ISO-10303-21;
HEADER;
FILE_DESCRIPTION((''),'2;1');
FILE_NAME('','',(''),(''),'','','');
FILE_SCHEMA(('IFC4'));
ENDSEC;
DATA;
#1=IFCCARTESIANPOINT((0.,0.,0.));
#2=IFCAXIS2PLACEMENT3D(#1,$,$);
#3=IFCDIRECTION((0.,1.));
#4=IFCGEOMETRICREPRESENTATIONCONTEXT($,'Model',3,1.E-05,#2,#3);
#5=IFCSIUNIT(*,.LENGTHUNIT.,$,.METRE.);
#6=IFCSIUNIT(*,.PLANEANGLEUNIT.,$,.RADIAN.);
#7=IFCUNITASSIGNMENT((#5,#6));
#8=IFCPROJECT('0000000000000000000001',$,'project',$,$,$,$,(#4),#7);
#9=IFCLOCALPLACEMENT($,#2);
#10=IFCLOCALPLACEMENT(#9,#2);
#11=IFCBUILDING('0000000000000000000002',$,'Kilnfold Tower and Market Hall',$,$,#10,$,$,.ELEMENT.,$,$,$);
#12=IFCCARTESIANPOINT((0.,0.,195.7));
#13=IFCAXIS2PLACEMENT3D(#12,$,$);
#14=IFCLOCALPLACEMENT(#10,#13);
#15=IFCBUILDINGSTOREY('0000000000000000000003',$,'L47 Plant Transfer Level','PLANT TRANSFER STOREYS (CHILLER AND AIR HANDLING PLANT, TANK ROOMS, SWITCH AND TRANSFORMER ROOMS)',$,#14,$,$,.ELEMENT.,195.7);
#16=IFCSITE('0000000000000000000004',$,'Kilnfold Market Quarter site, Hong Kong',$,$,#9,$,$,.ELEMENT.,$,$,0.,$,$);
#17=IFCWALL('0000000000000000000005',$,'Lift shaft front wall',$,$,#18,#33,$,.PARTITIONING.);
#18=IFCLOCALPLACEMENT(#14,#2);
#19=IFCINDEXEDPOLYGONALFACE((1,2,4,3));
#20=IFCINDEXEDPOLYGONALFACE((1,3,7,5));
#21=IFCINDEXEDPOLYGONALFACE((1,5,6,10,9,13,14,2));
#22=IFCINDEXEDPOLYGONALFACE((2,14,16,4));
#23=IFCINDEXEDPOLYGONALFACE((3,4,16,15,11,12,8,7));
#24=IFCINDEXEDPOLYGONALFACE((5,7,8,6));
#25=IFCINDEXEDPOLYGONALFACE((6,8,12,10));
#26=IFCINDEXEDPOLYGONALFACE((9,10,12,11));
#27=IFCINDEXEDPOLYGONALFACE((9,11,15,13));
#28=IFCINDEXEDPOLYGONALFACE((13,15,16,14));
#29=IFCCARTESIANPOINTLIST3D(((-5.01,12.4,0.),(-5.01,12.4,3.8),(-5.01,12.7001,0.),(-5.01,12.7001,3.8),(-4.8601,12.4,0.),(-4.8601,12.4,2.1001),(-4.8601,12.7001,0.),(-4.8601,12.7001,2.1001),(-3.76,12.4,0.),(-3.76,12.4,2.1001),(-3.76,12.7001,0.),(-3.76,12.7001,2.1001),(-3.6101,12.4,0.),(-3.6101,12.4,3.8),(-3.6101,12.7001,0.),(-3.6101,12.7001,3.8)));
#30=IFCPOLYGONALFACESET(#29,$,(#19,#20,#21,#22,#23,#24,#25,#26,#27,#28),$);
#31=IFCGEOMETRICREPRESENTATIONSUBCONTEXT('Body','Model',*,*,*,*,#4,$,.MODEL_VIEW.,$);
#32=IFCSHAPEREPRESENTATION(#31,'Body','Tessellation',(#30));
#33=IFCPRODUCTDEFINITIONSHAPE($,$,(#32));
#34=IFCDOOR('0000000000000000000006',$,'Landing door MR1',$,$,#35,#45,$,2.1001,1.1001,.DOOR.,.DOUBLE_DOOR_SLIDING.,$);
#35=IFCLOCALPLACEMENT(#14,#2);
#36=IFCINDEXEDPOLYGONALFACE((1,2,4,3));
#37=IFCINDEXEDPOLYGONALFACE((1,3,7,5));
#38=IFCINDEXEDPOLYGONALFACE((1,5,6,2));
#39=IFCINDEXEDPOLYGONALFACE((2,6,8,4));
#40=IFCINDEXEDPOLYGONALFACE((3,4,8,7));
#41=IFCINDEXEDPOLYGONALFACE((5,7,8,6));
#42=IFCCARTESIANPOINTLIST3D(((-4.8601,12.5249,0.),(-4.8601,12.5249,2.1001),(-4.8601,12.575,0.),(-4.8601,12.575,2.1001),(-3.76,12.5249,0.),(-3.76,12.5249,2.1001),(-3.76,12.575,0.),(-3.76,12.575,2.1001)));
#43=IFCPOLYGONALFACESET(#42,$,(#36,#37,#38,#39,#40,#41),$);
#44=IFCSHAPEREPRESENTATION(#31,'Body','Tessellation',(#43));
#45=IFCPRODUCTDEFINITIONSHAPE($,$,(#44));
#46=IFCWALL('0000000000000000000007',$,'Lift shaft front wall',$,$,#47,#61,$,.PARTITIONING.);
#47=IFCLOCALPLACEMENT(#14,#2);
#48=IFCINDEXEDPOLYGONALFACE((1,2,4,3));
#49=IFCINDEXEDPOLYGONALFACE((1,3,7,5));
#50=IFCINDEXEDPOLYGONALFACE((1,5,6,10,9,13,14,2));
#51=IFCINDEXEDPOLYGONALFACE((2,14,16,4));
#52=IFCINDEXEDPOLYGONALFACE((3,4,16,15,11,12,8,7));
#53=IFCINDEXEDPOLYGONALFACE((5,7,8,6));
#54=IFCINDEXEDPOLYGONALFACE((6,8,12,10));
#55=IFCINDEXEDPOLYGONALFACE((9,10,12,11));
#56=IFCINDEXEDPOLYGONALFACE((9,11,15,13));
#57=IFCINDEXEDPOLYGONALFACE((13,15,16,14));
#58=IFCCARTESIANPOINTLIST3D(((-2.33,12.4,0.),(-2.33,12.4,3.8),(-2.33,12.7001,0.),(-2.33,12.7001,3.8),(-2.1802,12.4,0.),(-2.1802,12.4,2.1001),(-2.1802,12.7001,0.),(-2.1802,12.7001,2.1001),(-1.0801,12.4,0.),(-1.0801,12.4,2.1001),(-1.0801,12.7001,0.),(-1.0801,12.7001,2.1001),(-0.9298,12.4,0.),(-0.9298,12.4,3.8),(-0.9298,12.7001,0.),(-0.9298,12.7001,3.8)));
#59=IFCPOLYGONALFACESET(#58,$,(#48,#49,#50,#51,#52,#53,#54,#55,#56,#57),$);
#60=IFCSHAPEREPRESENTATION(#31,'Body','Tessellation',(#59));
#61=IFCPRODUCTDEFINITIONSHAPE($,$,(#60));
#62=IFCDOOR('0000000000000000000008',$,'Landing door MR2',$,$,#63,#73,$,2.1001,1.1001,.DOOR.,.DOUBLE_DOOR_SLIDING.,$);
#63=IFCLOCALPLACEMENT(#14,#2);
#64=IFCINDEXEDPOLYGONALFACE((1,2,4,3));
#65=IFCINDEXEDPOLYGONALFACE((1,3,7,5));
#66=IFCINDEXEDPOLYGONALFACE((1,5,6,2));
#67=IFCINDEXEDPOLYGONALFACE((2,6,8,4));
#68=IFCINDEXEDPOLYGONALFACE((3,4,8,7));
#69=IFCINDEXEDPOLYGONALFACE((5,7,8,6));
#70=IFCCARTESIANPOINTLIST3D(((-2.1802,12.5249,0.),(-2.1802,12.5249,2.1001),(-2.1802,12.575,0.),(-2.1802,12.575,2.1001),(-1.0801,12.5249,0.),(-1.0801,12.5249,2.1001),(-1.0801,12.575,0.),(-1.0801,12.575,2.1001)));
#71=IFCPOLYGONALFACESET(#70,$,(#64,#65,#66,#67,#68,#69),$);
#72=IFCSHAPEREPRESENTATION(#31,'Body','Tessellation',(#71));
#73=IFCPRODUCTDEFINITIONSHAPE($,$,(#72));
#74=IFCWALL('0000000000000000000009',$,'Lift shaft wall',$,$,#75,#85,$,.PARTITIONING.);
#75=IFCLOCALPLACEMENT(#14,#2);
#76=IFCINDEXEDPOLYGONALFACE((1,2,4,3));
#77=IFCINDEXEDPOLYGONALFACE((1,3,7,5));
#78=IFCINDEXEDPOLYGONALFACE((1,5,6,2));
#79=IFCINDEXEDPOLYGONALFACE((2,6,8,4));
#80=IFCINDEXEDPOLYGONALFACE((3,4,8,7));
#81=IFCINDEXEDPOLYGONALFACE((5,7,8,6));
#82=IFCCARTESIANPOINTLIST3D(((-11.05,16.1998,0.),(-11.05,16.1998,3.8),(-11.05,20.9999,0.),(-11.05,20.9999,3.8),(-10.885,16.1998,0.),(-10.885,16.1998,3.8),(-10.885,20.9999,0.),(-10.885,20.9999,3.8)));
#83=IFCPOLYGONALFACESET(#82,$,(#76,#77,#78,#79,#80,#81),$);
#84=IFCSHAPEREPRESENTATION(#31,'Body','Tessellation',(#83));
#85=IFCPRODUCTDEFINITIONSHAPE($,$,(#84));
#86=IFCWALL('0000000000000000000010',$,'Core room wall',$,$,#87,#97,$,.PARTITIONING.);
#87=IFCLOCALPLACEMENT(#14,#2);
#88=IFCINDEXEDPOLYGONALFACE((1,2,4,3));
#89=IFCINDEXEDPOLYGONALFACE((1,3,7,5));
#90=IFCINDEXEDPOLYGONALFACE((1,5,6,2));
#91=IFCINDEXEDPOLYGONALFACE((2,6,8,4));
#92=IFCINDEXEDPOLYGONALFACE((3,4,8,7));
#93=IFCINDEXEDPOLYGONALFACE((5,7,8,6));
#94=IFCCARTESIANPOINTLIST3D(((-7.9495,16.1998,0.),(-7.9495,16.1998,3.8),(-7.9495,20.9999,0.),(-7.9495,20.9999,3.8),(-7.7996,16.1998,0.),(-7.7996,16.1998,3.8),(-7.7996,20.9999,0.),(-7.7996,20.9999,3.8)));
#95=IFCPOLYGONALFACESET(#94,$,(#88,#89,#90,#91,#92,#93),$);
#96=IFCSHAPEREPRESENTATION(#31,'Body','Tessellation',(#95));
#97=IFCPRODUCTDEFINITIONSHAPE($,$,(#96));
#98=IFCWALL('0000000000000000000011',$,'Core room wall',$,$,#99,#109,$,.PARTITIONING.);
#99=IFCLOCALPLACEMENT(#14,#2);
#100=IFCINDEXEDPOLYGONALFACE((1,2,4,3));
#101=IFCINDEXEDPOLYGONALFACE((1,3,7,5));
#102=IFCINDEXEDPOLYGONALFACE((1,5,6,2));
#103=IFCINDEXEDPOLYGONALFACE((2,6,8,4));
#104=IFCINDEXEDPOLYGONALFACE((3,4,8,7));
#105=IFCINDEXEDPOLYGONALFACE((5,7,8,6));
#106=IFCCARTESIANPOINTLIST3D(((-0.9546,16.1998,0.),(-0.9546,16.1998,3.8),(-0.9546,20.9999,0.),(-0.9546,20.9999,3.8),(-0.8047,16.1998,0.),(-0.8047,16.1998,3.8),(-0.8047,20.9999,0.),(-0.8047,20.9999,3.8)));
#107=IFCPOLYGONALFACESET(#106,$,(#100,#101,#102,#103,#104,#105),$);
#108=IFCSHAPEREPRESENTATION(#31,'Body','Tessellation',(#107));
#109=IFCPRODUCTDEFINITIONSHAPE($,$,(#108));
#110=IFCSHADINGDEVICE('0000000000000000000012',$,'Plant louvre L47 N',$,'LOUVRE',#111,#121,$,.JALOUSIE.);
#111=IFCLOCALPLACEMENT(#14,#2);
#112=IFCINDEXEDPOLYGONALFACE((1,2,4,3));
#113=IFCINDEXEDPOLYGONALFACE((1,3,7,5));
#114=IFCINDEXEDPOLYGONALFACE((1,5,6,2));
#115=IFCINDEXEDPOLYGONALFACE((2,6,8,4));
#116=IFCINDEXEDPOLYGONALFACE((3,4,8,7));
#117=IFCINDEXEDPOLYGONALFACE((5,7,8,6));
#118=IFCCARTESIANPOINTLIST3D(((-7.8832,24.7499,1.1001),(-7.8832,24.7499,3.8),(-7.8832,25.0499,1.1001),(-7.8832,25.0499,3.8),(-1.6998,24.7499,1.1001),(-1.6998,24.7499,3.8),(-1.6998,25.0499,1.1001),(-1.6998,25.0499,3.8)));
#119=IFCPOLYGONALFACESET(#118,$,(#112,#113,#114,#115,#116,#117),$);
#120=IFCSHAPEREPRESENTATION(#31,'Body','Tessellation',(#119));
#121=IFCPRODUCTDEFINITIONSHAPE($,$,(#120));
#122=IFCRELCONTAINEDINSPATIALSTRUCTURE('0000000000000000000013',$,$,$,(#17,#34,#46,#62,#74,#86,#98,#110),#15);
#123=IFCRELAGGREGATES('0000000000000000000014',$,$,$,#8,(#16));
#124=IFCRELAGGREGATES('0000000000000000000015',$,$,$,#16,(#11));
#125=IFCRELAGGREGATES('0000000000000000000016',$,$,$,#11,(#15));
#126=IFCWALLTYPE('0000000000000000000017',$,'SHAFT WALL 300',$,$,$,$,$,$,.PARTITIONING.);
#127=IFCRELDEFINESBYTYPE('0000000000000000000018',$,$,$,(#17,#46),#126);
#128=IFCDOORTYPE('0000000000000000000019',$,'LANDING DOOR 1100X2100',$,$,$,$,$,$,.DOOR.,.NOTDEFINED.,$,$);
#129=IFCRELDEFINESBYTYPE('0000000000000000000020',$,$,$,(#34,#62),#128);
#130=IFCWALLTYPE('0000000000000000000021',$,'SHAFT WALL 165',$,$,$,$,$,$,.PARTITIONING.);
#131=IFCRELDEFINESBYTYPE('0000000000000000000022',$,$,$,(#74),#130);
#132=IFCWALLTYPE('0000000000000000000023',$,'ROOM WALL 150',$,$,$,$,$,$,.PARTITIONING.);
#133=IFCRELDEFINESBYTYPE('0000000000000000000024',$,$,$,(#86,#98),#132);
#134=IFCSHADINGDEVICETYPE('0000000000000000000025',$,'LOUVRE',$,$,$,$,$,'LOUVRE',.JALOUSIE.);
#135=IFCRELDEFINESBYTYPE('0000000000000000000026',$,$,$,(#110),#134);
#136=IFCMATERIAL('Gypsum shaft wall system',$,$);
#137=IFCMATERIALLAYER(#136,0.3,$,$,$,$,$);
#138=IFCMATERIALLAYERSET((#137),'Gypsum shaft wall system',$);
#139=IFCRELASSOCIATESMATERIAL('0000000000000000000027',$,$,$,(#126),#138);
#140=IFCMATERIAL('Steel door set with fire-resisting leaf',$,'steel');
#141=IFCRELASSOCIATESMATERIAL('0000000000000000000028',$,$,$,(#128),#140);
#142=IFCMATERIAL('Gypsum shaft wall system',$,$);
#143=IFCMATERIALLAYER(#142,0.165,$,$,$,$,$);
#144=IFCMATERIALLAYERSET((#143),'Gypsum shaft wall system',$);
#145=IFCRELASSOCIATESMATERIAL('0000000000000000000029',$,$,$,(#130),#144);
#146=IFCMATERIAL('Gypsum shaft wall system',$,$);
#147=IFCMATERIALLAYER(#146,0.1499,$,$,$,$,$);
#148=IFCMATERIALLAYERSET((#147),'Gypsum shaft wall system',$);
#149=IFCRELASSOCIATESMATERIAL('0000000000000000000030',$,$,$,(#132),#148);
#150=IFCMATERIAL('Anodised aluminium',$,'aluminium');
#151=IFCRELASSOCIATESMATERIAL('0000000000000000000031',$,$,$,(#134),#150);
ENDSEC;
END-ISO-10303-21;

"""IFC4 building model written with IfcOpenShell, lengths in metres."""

from ifc_helpers import new_model, si_unit, direction, frame, frame_2d, origin, origin_2d, place, context, subcontext, project, spatial, rectangle, extrude, source, transform, mapped, material, layer, layer_set, type_object, element, fill, save


model = new_model("IFC4")

# Units and contexts
model_context = context("Model", 3, precision=1e-05, world=origin(), true_north=direction((0.0, 1.0)))
body_context = subcontext(model_context, "Body", "Model", "MODEL_VIEW")
ifc_project = project(units=[si_unit("LENGTHUNIT", "METRE"), si_unit("PLANEANGLEUNIT", "RADIAN")], contexts=[model_context])

# Site, building, storey
site_placement = place(None, origin())
site = spatial("IfcSite", under=ifc_project, at=site_placement, Name="Kilnfold Market Quarter site, Hong Kong", CompositionType="ELEMENT", RefElevation=0.0)
building_placement = place(site_placement, origin())
building = spatial("IfcBuilding", under=site, at=building_placement, Name="Kilnfold Tower and Market Hall", CompositionType="ELEMENT")
storey_placement = place(building_placement, frame((0.0, 0.0, 195.7)))
storey = spatial("IfcBuildingStorey", under=building, at=storey_placement, Name="L47 Plant Transfer Level", Description="PLANT TRANSFER STOREYS (CHILLER AND AIR HANDLING PLANT, TANK ROOMS, SWITCH AND TRANSFORMER ROOMS)", CompositionType="ELEMENT", Elevation=195.7)

# Walls, openings, doors
ifc_material_1 = material(Name="Gypsum shaft wall system")
ifc_layer_1 = layer(ifc_material_1, 0.3)
ifc_layer_set_1 = layer_set([ifc_layer_1], Name="Gypsum shaft wall system")
wall_type_1 = type_object("IfcWallType", Name="SHAFT WALL 300", PredefinedType="PARTITIONING", material=ifc_layer_set_1)
shared_shape_1 = source(origin(), body_context, "Body", "SweptSolid", [
    extrude(rectangle(XDim=1.3999, YDim=0.3, at=frame_2d((0.7, 0.0))), origin(), (0.0, 0.0, 1.0), 3.8),
])
wall_1_placement = place(storey_placement, frame((-5.01, 12.55, 0.0), z_axis=(0.0, 0.0, 1.0), x_axis=(1.0, 0.0, 0.0)))
wall_1 = element("IfcWall", 1, at=wall_1_placement, inside=storey, type_object=wall_type_1, Name="Lift shaft front wall", PredefinedType="PARTITIONING", context=body_context, shape_type="MappedRepresentation", body=[
    mapped(shared_shape_1, transform((0.0, 0.0, 0.0))),
])
opening_1_placement = place(wall_1_placement, frame((0.1499, 0.0, 0.0)))
opening_1 = element("IfcOpeningElement", 2, at=opening_1_placement, cuts=wall_1, PredefinedType="OPENING", context=body_context, shape_type="SweptSolid", body=[
    extrude(rectangle(XDim=1.1001, YDim=2.1001, at=frame_2d((0.55, 1.05))), frame((0.0, 0.1602, 0.0), z_axis=(0.0, -1.0, 0.0), x_axis=(1.0, 0.0, 0.0)), (0.0, 0.0, 1.0), 0.3201),
])
ifc_material_2 = material(Name="Steel door set with fire-resisting leaf", Category="steel")
door_type = type_object("IfcDoorType", Name="LANDING DOOR 1100X2100", OperationType="NOTDEFINED", PredefinedType="DOOR", material=ifc_material_2)
door_1_placement = place(opening_1_placement, origin())
door_1 = element("IfcDoor", 3, at=door_1_placement, inside=storey, type_object=door_type, Name="Landing door MR1", OperationType="DOUBLE_DOOR_SLIDING", OverallHeight=2.1001, OverallWidth=1.1001, PredefinedType="DOOR", context=body_context, shape_type="SweptSolid", body=[
    extrude(rectangle(XDim=1.1001, YDim=2.1001, at=frame_2d((0.55, 1.05))), frame((0.0, 0.0249, 0.0), z_axis=(0.0, -1.0, 0.0), x_axis=(1.0, 0.0, 0.0)), (0.0, 0.0, 1.0), 0.05),
])
fill(opening_1, door_1)
shared_shape_2 = source(origin(), body_context, "Body", "SweptSolid", [
    extrude(rectangle(XDim=1.4001, YDim=0.3, at=frame_2d((0.7002, 0.0))), origin(), (0.0, 0.0, 1.0), 3.8),
])
wall_2_placement = place(storey_placement, frame((-2.3301, 12.55, 0.0), z_axis=(0.0, 0.0, 1.0), x_axis=(1.0, 0.0, 0.0)))
wall_2 = element("IfcWall", 4, at=wall_2_placement, inside=storey, type_object=wall_type_1, Name="Lift shaft front wall", PredefinedType="PARTITIONING", context=body_context, shape_type="MappedRepresentation", body=[
    mapped(shared_shape_2, transform((0.0, 0.0, 0.0))),
])
opening_2_placement = place(wall_2_placement, frame((0.1499, 0.0, 0.0)))
opening_2 = element("IfcOpeningElement", 5, at=opening_2_placement, cuts=wall_2, PredefinedType="OPENING", context=body_context, shape_type="SweptSolid", body=[
    extrude(rectangle(XDim=1.1001, YDim=2.1001, at=frame_2d((0.55, 1.05))), frame((0.0, 0.1602, 0.0), z_axis=(0.0, -1.0, 0.0), x_axis=(1.0, 0.0, 0.0)), (0.0, 0.0, 1.0), 0.3201),
])
door_2_placement = place(opening_2_placement, origin())
door_2 = element("IfcDoor", 6, at=door_2_placement, inside=storey, type_object=door_type, Name="Landing door MR2", OperationType="DOUBLE_DOOR_SLIDING", OverallHeight=2.1001, OverallWidth=1.1001, PredefinedType="DOOR", context=body_context, shape_type="SweptSolid", body=[
    extrude(rectangle(XDim=1.1001, YDim=2.1001, at=frame_2d((0.55, 1.05))), frame((0.0, 0.0249, 0.0), z_axis=(0.0, -1.0, 0.0), x_axis=(1.0, 0.0, 0.0)), (0.0, 0.0, 1.0), 0.05),
])
fill(opening_2, door_2)

# Walls
ifc_material_3 = material(Name="Gypsum shaft wall system")
ifc_layer_2 = layer(ifc_material_3, 0.165)
ifc_layer_set_2 = layer_set([ifc_layer_2], Name="Gypsum shaft wall system")
wall_type_2 = type_object("IfcWallType", Name="SHAFT WALL 165", PredefinedType="PARTITIONING", material=ifc_layer_set_2)
shared_shape_3 = source(origin(), body_context, "Body", "SweptSolid", [
    extrude(rectangle(XDim=4.8, YDim=0.165, at=frame_2d((2.3999, 0.0))), origin(), (0.0, 0.0, 1.0), 3.8),
])
wall_3_placement = place(storey_placement, frame((-10.9675, 16.2, 0.0), z_axis=(0.0, 0.0, 1.0), x_axis=(0.0, 1.0, 0.0)))
element("IfcWall", 7, at=wall_3_placement, inside=storey, type_object=wall_type_2, Name="Lift shaft wall", PredefinedType="PARTITIONING", context=body_context, shape_type="MappedRepresentation", body=[
    mapped(shared_shape_3, transform((0.0, 0.0, 0.0))),
])
ifc_material_4 = material(Name="Gypsum shaft wall system")
ifc_layer_3 = layer(ifc_material_4, 0.1499)
ifc_layer_set_3 = layer_set([ifc_layer_3], Name="Gypsum shaft wall system")
wall_type_3 = type_object("IfcWallType", Name="ROOM WALL 150", PredefinedType="PARTITIONING", material=ifc_layer_set_3)
shared_shape_4 = source(origin(), body_context, "Body", "SweptSolid", [
    extrude(rectangle(XDim=4.8, YDim=0.1499, at=frame_2d((2.3999, 0.0))), origin(), (0.0, 0.0, 1.0), 3.8),
])
for number, where, z_axis, x_axis, name in (
    (8, (-7.8745, 16.2, 0.0), (0.0, 0.0, 1.0), (0.0, 1.0, 0.0), "Core room wall"),
    (9, (-0.8796, 16.2, 0.0), (0.0, 0.0, 1.0), (0.0, 1.0, 0.0), "Core room wall"),
):
    element("IfcWall", number, at=place(storey_placement, frame(where, z_axis=z_axis, x_axis=x_axis)), inside=storey, type_object=wall_type_3, Name=name, PredefinedType="PARTITIONING", context=body_context, shape_type="MappedRepresentation", body=[
        mapped(shared_shape_4, transform((0.0, 0.0, 0.0))),
    ])

# Shading device
ifc_material_5 = material(Name="Anodised aluminium", Category="aluminium")
shading_device_type = type_object("IfcShadingDeviceType", Name="LOUVRE", ElementType="LOUVRE", PredefinedType="JALOUSIE", material=ifc_material_5)
shared_shape_5 = source(origin(), body_context, "Body", "SweptSolid", [
    extrude(rectangle(XDim=6.1833, YDim=0.3, at=origin_2d()), origin(), (0.0, 0.0, 1.0), 2.7),
])
shading_device_placement = place(storey_placement, frame((-4.7915, 24.8999, 1.1001), z_axis=(0.0, 0.0, 1.0), x_axis=(-1.0, 0.0, 0.0)))
element("IfcShadingDevice", 10, at=shading_device_placement, inside=storey, type_object=shading_device_type, Name="Plant louvre L47 N", ObjectType="LOUVRE", PredefinedType="JALOUSIE", context=body_context, shape_type="MappedRepresentation", body=[
    mapped(shared_shape_5, transform((0.0, 0.0, 0.0))),
])

save(model, "model.ifc")
